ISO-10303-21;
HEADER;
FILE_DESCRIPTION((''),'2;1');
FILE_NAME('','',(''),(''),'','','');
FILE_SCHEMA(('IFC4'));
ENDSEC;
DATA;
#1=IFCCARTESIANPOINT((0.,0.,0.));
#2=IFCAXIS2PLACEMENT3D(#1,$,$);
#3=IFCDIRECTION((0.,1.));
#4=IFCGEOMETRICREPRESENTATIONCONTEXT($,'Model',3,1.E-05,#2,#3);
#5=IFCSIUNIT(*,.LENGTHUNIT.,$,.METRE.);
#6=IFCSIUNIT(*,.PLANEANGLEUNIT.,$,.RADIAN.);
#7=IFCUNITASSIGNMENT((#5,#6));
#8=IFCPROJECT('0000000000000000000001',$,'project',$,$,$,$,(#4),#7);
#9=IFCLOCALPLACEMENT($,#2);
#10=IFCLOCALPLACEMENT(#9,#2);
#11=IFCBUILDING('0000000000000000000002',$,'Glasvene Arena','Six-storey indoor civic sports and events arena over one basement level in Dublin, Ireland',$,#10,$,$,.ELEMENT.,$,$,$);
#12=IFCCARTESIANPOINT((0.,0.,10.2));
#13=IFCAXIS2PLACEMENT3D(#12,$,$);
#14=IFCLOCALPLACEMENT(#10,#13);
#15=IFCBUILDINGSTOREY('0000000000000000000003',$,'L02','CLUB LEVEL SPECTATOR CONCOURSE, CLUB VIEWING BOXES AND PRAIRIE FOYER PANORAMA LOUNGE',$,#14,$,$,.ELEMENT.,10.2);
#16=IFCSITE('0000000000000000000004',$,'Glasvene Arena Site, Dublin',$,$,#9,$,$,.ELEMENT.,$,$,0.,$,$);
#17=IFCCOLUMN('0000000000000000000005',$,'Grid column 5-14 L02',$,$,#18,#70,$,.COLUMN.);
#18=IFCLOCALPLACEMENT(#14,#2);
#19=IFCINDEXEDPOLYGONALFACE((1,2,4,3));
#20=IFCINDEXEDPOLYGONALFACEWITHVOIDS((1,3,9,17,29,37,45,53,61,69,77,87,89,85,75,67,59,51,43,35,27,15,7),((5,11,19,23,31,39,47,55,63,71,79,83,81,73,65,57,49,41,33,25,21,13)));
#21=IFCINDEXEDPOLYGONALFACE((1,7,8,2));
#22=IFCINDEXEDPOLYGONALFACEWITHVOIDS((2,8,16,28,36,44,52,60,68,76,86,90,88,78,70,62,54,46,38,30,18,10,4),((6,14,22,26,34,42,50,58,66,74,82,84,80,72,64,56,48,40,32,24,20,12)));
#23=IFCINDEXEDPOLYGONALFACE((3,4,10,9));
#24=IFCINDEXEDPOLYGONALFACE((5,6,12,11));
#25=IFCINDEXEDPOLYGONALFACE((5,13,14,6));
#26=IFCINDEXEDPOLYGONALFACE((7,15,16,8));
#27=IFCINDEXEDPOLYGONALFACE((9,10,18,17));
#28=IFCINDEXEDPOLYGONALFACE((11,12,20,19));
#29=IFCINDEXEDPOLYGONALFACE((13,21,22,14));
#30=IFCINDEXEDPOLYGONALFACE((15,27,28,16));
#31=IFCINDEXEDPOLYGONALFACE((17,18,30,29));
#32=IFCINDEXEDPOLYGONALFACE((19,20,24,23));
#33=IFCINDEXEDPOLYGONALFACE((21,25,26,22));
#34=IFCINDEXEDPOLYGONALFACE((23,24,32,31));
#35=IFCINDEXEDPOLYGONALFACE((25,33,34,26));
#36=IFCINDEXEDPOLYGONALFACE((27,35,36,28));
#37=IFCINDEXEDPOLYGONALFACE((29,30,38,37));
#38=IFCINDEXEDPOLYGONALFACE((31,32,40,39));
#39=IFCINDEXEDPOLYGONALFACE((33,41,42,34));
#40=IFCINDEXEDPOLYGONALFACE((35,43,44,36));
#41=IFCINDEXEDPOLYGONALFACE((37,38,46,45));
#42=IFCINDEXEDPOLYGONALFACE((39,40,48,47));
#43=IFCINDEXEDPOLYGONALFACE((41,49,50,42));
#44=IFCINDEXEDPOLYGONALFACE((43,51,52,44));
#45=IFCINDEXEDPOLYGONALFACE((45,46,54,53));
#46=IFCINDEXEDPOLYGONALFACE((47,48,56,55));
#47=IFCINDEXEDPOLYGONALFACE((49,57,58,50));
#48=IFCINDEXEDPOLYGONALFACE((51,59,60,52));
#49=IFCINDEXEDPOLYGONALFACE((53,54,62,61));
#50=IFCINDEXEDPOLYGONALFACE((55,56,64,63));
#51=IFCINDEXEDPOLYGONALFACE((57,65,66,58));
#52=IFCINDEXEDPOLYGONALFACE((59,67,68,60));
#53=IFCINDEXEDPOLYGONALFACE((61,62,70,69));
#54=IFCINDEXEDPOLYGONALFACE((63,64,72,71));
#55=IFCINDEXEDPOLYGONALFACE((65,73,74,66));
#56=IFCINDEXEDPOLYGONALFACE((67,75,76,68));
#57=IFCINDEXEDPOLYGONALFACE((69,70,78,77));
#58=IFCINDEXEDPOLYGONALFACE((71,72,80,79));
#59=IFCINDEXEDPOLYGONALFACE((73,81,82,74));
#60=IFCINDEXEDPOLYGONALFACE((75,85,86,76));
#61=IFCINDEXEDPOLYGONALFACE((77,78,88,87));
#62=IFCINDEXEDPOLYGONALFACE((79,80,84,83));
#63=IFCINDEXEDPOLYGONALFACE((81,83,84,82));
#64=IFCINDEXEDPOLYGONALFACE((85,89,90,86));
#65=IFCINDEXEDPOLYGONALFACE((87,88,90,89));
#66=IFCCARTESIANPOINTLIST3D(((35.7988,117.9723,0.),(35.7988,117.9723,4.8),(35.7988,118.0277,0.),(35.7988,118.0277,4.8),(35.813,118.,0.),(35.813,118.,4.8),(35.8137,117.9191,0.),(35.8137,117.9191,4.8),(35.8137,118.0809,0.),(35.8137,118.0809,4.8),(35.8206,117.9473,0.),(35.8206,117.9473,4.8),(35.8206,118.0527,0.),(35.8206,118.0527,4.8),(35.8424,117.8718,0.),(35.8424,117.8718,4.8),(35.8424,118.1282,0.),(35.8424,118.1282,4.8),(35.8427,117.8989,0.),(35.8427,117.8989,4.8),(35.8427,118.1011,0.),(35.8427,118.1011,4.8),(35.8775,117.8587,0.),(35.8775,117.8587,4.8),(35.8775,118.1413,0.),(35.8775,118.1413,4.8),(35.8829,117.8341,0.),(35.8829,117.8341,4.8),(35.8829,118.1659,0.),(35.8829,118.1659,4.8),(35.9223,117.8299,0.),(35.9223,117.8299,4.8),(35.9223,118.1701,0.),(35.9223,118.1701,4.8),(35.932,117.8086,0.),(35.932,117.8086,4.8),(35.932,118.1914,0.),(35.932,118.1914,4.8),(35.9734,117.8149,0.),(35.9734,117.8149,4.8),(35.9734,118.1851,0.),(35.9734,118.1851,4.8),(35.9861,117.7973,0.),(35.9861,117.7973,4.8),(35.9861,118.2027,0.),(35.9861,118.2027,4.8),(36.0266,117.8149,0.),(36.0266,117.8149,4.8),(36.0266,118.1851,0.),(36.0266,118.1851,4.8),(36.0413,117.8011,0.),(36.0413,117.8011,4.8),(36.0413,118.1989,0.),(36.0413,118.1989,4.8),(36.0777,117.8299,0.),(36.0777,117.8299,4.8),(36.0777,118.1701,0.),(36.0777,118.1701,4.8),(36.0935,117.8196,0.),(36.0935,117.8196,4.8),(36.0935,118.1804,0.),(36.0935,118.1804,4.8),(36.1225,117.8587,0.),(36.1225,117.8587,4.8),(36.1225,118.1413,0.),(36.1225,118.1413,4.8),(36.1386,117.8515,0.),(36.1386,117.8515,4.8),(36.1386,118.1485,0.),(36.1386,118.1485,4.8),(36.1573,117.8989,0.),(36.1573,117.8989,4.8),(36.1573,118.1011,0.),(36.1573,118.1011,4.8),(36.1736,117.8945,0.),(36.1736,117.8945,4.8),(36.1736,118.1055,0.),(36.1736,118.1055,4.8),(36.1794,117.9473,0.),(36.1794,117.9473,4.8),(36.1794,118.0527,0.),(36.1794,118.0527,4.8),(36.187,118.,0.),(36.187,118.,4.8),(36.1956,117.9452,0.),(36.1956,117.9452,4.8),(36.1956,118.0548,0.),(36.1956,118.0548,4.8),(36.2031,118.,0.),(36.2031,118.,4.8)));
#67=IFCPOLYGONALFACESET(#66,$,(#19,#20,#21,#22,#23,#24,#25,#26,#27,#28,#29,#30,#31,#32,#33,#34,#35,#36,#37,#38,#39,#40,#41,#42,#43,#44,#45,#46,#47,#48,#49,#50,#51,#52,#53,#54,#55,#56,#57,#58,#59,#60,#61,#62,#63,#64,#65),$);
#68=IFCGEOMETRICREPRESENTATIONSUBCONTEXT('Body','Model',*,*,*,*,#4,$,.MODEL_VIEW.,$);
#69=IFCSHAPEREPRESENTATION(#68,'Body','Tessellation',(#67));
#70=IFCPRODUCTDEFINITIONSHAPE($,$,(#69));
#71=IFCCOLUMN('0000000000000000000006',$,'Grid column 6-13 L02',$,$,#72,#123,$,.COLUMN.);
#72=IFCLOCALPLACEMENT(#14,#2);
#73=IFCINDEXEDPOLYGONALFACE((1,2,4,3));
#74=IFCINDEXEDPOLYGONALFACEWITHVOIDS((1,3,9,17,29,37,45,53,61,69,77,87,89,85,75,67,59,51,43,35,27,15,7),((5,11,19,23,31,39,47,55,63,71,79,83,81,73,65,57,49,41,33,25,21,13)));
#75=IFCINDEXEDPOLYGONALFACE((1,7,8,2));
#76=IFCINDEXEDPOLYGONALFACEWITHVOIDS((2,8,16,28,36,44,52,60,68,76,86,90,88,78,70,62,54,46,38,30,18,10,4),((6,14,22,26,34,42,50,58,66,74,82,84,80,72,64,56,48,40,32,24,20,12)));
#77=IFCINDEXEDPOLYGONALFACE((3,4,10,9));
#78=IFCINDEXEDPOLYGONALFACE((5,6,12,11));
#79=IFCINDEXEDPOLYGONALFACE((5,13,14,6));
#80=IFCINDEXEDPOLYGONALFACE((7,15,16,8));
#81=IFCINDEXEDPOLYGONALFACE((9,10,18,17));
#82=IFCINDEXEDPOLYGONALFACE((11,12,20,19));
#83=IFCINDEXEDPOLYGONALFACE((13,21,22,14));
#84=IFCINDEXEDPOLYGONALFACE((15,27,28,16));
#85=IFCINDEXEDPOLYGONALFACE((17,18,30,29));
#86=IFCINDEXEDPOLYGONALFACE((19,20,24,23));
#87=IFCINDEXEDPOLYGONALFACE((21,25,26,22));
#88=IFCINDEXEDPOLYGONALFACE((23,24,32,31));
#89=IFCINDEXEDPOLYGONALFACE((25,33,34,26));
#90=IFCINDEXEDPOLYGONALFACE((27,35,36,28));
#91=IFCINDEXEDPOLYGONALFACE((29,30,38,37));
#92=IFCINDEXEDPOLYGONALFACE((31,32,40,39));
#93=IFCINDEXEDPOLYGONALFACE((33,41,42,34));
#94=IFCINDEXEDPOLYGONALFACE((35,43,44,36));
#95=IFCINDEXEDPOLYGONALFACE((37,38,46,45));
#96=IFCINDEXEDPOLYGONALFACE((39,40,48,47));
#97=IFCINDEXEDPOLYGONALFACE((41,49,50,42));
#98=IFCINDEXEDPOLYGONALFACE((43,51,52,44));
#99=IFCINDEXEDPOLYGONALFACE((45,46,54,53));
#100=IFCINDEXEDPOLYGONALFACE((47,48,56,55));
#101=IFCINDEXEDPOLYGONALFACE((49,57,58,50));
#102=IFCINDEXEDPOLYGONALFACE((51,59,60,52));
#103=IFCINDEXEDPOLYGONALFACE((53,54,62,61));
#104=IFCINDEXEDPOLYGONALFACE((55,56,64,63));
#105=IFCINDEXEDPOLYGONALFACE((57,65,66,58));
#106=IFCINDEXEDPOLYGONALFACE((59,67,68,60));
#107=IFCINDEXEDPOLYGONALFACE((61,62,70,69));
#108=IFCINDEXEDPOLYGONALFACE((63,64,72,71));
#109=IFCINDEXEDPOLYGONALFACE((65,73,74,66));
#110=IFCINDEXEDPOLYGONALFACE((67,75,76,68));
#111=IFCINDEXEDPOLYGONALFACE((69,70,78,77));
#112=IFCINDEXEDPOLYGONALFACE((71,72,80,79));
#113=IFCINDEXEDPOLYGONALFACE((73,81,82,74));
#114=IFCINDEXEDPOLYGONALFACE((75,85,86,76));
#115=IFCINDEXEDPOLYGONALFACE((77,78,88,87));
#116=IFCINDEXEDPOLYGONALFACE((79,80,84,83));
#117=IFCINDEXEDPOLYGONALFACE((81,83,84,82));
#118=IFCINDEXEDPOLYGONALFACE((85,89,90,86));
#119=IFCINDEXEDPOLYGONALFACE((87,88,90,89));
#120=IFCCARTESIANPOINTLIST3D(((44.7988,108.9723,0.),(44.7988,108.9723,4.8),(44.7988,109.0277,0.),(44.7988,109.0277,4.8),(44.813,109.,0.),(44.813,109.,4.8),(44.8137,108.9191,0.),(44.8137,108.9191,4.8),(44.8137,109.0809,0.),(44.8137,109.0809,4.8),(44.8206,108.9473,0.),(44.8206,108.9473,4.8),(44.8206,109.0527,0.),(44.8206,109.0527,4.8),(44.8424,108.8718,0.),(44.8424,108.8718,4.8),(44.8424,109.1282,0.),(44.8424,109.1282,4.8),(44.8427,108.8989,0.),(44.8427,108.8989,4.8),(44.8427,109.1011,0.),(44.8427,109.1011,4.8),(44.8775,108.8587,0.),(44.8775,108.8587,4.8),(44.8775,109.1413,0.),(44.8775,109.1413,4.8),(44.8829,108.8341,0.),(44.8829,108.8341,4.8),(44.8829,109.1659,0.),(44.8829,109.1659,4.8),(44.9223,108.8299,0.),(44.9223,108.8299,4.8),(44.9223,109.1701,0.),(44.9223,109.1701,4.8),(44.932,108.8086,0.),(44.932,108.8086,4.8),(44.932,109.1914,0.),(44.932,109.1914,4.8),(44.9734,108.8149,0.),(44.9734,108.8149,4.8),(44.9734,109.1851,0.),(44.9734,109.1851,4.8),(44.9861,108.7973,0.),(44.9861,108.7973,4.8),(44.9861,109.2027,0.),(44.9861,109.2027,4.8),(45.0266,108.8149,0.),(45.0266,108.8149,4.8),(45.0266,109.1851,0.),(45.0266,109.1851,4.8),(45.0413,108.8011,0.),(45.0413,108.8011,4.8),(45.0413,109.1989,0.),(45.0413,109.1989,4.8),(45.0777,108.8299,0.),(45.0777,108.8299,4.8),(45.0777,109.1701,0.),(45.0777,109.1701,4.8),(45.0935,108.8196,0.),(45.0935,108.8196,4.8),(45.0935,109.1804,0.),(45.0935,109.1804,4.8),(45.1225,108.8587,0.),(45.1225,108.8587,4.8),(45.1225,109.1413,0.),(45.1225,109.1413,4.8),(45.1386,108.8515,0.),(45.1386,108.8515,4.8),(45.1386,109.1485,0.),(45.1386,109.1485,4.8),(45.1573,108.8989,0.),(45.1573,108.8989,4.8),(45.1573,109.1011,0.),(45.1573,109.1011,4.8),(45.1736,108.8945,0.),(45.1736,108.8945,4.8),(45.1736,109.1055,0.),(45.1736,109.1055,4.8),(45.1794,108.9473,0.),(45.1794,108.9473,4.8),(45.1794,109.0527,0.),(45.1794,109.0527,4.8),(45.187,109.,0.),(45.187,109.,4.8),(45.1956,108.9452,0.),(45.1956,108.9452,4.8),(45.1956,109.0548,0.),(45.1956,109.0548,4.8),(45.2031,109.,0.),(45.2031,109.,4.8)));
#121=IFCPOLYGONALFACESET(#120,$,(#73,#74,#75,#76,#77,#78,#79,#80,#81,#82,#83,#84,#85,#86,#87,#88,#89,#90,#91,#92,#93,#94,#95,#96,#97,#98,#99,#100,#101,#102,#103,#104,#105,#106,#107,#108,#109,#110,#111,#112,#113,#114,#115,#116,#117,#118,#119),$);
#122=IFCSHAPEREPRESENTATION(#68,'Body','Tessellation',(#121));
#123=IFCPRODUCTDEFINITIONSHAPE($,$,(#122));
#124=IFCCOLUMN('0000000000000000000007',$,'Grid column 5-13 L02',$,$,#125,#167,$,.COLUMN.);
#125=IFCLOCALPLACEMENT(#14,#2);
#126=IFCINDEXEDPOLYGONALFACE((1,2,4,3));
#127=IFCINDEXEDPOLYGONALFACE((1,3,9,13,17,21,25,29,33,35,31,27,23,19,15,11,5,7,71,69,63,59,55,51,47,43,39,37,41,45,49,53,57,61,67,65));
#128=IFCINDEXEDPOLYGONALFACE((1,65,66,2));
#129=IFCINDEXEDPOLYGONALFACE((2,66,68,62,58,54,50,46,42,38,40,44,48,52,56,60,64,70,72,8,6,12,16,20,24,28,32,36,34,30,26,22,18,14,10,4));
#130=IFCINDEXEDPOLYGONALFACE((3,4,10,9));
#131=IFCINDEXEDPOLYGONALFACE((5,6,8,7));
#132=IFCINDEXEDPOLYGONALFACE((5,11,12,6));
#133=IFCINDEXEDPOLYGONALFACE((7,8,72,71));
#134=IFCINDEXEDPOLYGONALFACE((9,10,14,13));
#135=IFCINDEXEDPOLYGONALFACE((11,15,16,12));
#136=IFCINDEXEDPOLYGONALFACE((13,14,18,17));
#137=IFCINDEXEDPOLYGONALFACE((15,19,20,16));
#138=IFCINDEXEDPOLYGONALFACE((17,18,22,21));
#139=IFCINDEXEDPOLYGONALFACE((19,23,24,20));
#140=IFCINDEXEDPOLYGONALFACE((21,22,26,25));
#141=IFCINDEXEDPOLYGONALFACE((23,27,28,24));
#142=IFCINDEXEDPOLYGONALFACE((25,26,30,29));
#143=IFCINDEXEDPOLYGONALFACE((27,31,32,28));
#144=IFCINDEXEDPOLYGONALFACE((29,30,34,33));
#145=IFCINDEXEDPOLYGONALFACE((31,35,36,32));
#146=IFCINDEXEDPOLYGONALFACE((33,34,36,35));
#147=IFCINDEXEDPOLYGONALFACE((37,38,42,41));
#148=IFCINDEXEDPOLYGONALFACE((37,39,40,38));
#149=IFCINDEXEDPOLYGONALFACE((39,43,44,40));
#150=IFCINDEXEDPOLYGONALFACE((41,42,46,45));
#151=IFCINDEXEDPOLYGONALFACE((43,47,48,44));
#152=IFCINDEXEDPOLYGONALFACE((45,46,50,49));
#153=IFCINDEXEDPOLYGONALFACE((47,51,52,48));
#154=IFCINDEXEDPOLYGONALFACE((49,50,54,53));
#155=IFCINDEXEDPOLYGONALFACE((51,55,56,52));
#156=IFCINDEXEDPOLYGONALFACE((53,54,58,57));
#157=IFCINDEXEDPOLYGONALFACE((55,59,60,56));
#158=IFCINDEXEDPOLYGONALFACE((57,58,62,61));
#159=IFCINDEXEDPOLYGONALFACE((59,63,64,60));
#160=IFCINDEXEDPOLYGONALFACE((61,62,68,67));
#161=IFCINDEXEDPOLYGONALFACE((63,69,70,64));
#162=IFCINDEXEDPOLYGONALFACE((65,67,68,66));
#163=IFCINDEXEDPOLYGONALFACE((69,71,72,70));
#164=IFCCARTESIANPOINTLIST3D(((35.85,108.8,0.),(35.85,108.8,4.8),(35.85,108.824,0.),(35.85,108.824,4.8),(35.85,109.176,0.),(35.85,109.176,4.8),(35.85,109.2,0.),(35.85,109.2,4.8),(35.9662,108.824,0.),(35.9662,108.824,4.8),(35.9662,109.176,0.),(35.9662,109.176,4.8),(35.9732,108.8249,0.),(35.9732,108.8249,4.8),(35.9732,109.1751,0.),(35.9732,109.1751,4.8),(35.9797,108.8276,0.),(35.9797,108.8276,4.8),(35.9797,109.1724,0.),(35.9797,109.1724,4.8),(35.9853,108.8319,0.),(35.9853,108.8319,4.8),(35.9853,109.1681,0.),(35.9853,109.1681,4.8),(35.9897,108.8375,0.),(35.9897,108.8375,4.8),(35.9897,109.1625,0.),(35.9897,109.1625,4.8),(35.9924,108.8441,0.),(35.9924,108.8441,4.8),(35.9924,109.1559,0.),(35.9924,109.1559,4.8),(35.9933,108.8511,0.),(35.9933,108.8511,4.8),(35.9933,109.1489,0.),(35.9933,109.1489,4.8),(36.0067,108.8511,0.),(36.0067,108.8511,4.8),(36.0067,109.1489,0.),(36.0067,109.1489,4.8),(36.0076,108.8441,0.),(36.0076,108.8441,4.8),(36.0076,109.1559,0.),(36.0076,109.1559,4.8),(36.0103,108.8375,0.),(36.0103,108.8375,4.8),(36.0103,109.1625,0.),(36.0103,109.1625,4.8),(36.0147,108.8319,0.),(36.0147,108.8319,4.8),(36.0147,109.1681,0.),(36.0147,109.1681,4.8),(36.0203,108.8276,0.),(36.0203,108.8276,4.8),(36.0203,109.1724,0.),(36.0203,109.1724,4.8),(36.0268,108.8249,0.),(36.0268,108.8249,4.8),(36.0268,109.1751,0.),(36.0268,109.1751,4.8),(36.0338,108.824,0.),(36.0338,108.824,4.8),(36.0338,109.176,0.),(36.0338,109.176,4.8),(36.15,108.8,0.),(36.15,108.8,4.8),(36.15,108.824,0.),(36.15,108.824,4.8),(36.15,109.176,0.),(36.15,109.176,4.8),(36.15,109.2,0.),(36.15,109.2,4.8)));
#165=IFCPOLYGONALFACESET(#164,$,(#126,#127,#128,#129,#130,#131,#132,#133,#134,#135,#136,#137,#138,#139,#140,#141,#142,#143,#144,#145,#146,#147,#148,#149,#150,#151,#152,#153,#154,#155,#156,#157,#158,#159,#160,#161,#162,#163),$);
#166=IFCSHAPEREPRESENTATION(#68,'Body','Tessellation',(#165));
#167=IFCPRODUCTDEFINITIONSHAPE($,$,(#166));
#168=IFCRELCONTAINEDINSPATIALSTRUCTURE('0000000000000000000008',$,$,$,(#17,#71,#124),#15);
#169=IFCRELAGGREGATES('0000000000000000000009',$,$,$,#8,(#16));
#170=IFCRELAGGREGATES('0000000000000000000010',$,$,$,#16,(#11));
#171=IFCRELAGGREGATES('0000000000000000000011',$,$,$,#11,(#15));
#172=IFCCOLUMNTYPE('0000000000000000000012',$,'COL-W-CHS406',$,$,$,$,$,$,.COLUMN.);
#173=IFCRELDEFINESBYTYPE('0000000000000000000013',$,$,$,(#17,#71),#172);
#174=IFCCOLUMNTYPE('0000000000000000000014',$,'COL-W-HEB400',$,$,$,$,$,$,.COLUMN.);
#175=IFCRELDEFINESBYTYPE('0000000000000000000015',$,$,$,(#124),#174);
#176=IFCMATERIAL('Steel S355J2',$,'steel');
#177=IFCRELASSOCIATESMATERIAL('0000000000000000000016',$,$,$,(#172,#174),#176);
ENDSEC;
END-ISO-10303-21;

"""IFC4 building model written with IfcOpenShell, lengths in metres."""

from ifc_helpers import new_model, si_unit, direction, frame, origin, origin_2d, place, context, subcontext, project, spatial, hollow_circle, i_section, extrude, material, material_profile, profile_set, type_object, element, save


model = new_model("IFC4")

# Units and contexts
model_context = context("Model", 3, precision=1e-05, world=origin(), true_north=direction((0.0, 1.0)))
body_context = subcontext(model_context, "Body", "Model", "MODEL_VIEW")
ifc_project = project(units=[si_unit("LENGTHUNIT", "METRE"), si_unit("PLANEANGLEUNIT", "RADIAN")], contexts=[model_context])

# Site, building, storey
site_placement = place(None, origin())
site = spatial("IfcSite", under=ifc_project, at=site_placement, Name="Glasvene Arena Site, Dublin", CompositionType="ELEMENT", RefElevation=0.0)
building_placement = place(site_placement, origin())
building = spatial("IfcBuilding", under=site, at=building_placement, Name="Glasvene Arena", Description="Six-storey indoor civic sports and events arena over one basement level in Dublin, Ireland", CompositionType="ELEMENT")
storey_placement = place(building_placement, frame((0.0, 0.0, 10.2)))
storey = spatial("IfcBuildingStorey", under=building, at=storey_placement, Name="L02", Description="CLUB LEVEL SPECTATOR CONCOURSE, CLUB VIEWING BOXES AND PRAIRIE FOYER PANORAMA LOUNGE", CompositionType="ELEMENT", Elevation=10.2)

# Columns
ifc_material_1 = material(Name="Steel S355J2", Category="steel")
ifc_material_profile_1 = material_profile(ifc_material_1, hollow_circle(Radius=0.2031, WallThickness=0.0161, at=origin_2d()), Name="CHS 406.4x16.0")
ifc_profile_set_1 = profile_set([ifc_material_profile_1], Name="Steel S355J2")
column_type_1 = type_object("IfcColumnType", Name="COL-W-CHS406", PredefinedType="COLUMN", material=ifc_profile_set_1)
for number, where, z_axis, x_axis, name in (
    (1, (36.0, 118.0, 0.0), (0.0, 0.0, 1.0), (1.0, 0.0, 0.0), "Grid column 5-14 L02"),
    (2, (45.0, 109.0, 0.0), (0.0, 0.0, 1.0), (1.0, 0.0, 0.0), "Grid column 6-13 L02"),
):
    element("IfcColumn", number, at=place(storey_placement, frame(where, z_axis=z_axis, x_axis=x_axis)), inside=storey, type_object=column_type_1, Name=name, PredefinedType="COLUMN", context=body_context, shape_type="SweptSolid", body=[
        extrude(hollow_circle(Radius=0.2031, WallThickness=0.0161, at=origin_2d()), origin(), (0.0, 0.0, 1.0), 4.8),
    ])
ifc_material_profile_2 = material_profile(ifc_material_1, i_section(OverallWidth=0.3, OverallDepth=0.3999, WebThickness=0.0134, FlangeThickness=0.0239, FilletRadius=0.0271, at=origin_2d()), Name="HEB 400")
ifc_profile_set_2 = profile_set([ifc_material_profile_2], Name="Steel S355J2")
column_type_2 = type_object("IfcColumnType", Name="COL-W-HEB400", PredefinedType="COLUMN", material=ifc_profile_set_2)
for number, where, z_axis, x_axis, name in (
    (3, (36.0, 109.0, 0.0), (0.0, 0.0, 1.0), (1.0, 0.0, 0.0), "Grid column 5-13 L02"),
):
    element("IfcColumn", number, at=place(storey_placement, frame(where, z_axis=z_axis, x_axis=x_axis)), inside=storey, type_object=column_type_2, Name=name, PredefinedType="COLUMN", context=body_context, shape_type="SweptSolid", body=[
        extrude(i_section(OverallWidth=0.3, OverallDepth=0.3999, WebThickness=0.0134, FlangeThickness=0.0239, FilletRadius=0.0271, at=origin_2d()), origin(), (0.0, 0.0, 1.0), 4.8),
    ])

save(model, "model.ifc")
